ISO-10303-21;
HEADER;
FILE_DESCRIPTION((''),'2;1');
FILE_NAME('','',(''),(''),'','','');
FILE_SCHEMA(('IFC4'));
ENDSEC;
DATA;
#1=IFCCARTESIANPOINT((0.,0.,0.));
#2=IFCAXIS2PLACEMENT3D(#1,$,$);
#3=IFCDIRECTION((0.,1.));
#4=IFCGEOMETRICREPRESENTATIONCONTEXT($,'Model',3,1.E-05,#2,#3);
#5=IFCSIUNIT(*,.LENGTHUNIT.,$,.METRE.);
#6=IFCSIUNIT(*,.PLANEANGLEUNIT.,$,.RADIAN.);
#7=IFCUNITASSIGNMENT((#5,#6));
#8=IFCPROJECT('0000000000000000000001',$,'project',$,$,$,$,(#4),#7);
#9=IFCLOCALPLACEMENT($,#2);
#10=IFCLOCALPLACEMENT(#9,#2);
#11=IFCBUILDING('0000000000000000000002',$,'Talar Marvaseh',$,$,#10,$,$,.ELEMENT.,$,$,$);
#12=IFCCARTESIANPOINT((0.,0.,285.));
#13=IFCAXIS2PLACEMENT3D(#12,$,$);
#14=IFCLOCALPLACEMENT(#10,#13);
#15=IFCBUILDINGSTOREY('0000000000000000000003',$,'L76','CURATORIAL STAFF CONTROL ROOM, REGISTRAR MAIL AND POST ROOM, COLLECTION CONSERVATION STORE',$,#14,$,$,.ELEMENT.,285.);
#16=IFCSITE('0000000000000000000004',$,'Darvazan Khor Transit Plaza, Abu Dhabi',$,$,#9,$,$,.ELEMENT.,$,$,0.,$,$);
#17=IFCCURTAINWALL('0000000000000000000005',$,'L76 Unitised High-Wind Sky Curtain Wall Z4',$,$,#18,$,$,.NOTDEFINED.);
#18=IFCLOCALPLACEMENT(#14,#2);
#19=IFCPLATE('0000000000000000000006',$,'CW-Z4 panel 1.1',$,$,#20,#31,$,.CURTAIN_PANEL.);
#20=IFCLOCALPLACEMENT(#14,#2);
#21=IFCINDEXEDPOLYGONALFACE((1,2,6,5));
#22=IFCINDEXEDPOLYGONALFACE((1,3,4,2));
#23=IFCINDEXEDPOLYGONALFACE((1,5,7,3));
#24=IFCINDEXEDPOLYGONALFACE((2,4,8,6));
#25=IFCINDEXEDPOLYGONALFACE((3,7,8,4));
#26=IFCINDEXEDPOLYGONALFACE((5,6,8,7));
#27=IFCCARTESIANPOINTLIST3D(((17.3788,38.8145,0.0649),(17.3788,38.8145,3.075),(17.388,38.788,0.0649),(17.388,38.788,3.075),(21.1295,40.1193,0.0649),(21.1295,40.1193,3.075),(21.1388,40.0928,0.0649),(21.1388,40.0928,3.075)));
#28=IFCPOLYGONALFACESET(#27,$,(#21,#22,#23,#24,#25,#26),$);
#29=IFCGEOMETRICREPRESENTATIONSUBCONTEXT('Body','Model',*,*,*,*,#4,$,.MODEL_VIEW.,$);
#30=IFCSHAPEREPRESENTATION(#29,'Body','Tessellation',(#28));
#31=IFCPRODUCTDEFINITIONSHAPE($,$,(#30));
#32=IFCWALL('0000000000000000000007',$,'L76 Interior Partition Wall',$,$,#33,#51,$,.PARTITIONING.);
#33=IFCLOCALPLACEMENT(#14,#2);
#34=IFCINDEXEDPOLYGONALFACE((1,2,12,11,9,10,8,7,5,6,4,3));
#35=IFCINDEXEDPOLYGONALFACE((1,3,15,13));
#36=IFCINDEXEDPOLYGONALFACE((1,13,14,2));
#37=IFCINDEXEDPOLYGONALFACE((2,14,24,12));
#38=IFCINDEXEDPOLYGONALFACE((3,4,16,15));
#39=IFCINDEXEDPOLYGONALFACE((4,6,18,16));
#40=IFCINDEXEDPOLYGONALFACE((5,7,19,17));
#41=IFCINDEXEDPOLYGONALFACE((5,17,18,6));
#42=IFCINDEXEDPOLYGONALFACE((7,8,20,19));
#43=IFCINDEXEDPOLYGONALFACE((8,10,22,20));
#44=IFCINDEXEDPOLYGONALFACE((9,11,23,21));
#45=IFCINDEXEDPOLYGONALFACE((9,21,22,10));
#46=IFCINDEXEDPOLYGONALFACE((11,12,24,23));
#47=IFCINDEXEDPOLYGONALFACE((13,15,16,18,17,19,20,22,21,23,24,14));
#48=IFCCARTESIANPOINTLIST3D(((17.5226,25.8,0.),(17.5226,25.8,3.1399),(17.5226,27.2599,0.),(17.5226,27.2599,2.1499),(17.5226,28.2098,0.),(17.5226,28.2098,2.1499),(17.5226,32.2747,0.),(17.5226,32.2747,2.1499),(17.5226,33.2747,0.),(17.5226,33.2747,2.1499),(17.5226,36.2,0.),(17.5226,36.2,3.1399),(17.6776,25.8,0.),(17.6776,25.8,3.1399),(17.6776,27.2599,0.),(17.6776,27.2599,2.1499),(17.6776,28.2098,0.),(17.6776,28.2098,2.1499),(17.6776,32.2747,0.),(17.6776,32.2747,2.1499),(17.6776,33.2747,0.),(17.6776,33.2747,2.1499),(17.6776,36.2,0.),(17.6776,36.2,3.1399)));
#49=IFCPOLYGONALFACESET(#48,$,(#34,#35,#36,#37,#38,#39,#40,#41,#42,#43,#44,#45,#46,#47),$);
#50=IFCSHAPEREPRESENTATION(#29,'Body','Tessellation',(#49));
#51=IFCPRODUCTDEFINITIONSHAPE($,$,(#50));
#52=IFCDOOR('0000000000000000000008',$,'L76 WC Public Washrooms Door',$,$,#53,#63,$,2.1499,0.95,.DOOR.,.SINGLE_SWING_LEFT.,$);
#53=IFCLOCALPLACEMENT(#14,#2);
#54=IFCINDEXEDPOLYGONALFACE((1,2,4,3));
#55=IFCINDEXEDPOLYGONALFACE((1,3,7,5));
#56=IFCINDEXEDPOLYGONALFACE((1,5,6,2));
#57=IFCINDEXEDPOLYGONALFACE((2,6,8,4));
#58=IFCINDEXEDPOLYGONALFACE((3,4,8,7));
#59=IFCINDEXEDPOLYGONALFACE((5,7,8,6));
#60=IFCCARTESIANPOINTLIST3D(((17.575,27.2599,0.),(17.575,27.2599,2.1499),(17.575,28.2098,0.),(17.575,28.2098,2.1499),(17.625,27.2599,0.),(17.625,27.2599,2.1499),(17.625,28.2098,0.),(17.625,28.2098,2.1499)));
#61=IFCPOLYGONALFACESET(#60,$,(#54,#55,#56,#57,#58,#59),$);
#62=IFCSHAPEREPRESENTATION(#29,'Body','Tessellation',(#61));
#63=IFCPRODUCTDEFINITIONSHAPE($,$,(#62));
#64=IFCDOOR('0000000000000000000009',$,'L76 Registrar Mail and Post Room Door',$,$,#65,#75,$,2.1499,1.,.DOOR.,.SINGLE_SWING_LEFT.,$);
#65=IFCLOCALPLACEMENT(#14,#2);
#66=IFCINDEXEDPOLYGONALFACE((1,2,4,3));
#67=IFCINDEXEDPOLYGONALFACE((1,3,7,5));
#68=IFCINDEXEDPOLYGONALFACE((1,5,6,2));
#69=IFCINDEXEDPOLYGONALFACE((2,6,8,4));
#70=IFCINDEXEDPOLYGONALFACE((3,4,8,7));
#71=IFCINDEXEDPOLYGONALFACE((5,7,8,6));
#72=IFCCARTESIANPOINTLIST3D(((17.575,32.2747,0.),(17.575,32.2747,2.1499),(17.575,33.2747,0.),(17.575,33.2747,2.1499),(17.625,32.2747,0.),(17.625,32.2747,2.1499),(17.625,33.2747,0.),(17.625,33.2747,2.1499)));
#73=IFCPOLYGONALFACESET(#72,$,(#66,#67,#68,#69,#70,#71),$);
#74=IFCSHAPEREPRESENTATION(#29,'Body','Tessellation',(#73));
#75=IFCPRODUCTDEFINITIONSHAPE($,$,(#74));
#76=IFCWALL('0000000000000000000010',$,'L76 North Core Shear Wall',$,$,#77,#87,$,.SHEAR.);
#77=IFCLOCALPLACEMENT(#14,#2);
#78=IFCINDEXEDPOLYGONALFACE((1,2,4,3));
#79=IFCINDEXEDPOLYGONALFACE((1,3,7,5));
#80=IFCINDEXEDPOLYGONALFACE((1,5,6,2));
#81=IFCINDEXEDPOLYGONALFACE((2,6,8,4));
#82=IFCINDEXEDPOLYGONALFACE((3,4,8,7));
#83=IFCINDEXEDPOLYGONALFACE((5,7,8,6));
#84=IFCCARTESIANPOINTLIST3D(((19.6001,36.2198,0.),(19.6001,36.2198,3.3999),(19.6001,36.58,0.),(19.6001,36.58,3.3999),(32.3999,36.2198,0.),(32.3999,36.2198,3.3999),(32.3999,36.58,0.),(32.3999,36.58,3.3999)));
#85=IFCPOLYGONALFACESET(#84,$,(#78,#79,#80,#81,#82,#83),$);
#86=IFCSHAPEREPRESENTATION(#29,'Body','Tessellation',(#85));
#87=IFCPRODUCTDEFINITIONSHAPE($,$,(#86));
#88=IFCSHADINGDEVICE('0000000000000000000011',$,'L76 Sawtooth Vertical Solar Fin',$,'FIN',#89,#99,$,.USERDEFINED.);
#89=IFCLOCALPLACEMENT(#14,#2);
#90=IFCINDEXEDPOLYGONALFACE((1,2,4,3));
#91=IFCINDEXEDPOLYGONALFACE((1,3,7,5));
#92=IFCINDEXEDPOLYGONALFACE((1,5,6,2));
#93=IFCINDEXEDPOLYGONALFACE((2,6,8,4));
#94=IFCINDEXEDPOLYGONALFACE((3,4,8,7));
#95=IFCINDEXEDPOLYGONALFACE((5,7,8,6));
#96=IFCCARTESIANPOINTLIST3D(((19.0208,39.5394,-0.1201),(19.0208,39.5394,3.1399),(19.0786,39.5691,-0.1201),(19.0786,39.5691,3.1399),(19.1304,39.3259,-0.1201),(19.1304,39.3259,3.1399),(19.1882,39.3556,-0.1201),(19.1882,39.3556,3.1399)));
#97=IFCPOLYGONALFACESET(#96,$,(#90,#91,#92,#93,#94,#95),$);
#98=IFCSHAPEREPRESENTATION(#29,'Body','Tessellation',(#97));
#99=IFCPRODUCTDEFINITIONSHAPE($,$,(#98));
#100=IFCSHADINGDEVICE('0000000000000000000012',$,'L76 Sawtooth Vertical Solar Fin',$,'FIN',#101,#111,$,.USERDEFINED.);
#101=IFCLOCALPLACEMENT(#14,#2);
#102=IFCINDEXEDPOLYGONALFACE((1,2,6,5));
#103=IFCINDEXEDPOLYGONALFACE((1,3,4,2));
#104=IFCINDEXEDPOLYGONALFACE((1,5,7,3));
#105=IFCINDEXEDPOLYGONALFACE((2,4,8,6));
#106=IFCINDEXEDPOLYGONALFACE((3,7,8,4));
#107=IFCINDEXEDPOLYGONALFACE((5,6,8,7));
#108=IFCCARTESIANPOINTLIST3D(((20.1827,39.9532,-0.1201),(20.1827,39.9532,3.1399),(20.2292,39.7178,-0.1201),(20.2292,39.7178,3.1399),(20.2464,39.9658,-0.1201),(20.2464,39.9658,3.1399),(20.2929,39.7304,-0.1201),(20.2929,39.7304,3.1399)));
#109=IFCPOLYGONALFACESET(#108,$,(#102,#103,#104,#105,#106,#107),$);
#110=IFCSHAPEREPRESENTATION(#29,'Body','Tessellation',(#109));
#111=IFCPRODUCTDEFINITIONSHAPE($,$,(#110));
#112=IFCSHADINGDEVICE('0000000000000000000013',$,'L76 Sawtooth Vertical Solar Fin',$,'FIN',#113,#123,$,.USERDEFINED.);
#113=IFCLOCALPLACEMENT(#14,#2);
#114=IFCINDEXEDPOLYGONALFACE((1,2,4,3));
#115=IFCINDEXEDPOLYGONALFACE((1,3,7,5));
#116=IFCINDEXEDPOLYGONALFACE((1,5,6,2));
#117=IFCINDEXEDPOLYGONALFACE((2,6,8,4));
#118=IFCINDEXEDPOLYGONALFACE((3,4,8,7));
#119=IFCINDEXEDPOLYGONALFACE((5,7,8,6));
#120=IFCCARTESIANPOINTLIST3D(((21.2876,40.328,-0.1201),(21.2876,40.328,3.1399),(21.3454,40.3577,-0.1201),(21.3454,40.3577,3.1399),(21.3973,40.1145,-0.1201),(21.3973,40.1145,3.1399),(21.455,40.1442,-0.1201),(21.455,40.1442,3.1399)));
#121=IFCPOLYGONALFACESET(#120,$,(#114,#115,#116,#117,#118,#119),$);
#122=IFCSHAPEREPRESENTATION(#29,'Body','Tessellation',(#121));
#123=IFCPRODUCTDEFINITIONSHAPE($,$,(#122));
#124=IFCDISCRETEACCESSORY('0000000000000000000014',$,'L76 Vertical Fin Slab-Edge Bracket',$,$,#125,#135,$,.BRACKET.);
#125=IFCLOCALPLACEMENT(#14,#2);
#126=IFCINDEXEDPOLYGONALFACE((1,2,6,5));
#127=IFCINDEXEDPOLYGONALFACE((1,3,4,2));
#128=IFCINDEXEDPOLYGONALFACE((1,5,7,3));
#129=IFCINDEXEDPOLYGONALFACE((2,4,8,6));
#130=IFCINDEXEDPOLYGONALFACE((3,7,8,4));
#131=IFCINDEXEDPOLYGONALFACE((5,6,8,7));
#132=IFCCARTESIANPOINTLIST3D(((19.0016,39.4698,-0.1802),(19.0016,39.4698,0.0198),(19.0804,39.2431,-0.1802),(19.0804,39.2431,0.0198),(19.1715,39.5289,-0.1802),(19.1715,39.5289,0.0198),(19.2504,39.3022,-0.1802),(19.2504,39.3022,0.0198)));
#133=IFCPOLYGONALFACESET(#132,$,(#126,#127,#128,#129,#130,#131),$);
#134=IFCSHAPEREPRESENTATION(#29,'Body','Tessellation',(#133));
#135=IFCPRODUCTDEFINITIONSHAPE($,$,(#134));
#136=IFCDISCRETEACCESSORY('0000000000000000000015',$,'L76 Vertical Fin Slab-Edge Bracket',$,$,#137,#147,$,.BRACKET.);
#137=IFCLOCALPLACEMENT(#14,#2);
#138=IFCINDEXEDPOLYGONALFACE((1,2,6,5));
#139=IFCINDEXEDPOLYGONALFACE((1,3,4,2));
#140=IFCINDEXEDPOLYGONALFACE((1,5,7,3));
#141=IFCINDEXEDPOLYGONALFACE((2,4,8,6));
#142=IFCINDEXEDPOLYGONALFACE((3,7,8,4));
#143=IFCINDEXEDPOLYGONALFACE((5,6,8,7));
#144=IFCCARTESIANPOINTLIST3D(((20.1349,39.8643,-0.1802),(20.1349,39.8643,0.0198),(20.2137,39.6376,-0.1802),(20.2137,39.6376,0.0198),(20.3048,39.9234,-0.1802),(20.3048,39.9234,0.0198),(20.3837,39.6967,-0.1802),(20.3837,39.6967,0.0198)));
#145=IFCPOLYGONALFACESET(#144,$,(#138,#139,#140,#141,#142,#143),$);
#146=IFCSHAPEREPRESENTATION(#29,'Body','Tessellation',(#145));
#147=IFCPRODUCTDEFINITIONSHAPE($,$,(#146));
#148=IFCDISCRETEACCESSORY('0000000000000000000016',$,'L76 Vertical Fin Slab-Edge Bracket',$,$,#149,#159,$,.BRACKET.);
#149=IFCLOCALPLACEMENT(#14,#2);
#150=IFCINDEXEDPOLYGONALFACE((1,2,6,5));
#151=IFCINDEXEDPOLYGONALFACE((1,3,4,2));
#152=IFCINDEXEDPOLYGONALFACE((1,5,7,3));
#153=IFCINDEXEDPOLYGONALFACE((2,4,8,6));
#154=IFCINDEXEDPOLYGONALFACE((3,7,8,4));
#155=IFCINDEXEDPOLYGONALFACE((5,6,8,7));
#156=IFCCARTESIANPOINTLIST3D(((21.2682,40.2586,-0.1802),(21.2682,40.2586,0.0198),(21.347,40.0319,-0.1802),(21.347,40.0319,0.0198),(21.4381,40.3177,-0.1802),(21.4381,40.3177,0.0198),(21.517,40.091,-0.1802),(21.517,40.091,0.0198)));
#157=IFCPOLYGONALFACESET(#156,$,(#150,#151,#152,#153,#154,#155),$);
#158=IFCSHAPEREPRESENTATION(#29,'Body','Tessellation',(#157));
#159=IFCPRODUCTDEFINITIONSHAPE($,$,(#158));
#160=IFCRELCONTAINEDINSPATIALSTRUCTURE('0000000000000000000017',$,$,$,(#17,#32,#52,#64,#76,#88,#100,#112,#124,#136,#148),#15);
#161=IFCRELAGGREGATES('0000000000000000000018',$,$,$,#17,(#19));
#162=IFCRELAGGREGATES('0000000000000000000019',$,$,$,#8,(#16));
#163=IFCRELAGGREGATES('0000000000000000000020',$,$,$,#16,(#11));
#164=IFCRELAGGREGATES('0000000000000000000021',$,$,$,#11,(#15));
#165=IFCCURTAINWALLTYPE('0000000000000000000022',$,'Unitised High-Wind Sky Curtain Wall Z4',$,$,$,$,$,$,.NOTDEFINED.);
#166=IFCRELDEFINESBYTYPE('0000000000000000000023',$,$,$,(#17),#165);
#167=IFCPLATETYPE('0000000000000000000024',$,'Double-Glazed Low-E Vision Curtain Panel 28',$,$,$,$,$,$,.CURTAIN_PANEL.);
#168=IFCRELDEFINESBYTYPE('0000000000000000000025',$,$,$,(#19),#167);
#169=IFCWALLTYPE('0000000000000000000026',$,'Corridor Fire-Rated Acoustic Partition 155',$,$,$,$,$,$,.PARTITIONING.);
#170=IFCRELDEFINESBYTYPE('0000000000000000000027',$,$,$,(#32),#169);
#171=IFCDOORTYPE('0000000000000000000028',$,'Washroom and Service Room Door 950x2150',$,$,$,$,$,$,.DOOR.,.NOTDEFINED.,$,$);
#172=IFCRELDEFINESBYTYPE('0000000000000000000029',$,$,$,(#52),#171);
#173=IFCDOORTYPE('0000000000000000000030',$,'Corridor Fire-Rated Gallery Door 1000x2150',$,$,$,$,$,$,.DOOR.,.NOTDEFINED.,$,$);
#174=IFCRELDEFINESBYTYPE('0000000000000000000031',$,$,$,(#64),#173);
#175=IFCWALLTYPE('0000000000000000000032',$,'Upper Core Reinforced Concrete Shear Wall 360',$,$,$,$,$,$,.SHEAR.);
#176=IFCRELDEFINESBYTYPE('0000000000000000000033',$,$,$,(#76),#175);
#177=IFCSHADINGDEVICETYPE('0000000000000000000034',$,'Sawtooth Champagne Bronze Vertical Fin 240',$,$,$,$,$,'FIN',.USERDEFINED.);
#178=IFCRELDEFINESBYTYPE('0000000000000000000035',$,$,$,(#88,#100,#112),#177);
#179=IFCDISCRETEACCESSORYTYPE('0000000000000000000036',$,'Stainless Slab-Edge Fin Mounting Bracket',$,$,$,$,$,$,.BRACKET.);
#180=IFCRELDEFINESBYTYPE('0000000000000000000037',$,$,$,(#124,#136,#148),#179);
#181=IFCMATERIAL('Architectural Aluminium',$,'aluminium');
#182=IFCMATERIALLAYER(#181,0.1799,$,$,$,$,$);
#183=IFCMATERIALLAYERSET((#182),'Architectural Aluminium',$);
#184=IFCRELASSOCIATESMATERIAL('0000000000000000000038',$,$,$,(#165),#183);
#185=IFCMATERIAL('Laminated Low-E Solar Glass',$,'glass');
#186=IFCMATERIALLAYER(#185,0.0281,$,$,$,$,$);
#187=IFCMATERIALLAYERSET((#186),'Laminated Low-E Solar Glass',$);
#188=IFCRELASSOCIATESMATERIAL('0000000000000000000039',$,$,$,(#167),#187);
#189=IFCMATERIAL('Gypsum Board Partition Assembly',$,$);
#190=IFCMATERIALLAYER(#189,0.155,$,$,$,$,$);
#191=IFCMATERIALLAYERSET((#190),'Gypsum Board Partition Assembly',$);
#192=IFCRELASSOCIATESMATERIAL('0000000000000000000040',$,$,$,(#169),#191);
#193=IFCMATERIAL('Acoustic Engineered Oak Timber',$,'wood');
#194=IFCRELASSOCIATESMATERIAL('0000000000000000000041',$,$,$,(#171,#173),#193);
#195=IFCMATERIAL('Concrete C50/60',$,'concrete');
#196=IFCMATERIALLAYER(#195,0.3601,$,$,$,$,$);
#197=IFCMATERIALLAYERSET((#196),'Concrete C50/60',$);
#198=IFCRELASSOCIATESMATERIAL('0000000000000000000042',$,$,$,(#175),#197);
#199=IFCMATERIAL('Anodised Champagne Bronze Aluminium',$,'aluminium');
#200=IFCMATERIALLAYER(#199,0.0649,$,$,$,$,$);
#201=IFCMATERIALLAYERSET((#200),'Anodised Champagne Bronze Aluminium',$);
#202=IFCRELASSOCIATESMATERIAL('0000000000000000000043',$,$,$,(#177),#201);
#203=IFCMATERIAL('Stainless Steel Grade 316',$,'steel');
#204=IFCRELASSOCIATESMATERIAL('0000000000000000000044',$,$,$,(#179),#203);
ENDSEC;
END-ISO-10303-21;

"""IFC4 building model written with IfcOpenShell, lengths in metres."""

from ifc_helpers import new_model, si_unit, direction, frame, frame_2d, origin, origin_2d, place, context, subcontext, project, spatial, rectangle, extrude, source, transform, mapped, material, layer, layer_set, type_object, type_shapes, element, fill, aggregate, save


model = new_model("IFC4")

# Units and contexts
model_context = context("Model", 3, precision=1e-05, world=origin(), true_north=direction((0.0, 1.0)))
body_context = subcontext(model_context, "Body", "Model", "MODEL_VIEW")
ifc_project = project(units=[si_unit("LENGTHUNIT", "METRE"), si_unit("PLANEANGLEUNIT", "RADIAN")], contexts=[model_context])

# Site, building, storey
site_placement = place(None, origin())
site = spatial("IfcSite", under=ifc_project, at=site_placement, Name="Darvazan Khor Transit Plaza, Abu Dhabi", CompositionType="ELEMENT", RefElevation=0.0)
building_placement = place(site_placement, origin())
building = spatial("IfcBuilding", under=site, at=building_placement, Name="Talar Marvaseh", CompositionType="ELEMENT")
storey_placement = place(building_placement, frame((0.0, 0.0, 285.0)))
storey = spatial("IfcBuildingStorey", under=building, at=storey_placement, Name="L76", Description="CURATORIAL STAFF CONTROL ROOM, REGISTRAR MAIL AND POST ROOM, COLLECTION CONSERVATION STORE", CompositionType="ELEMENT", Elevation=285.0)

# Shared definitions
ifc_material_1 = material(Name="Concrete C50/60", Category="concrete")

# Curtain wall, plate
ifc_material_2 = material(Name="Architectural Aluminium", Category="aluminium")
ifc_layer_1 = layer(ifc_material_2, 0.1799)
ifc_layer_set_1 = layer_set([ifc_layer_1], Name="Architectural Aluminium")
curtain_wall_type = type_object("IfcCurtainWallType", Name="Unitised High-Wind Sky Curtain Wall Z4", PredefinedType="NOTDEFINED", material=ifc_layer_set_1)
curtain_wall_placement = place(storey_placement, origin())
curtain_wall = element("IfcCurtainWall", 1, at=curtain_wall_placement, inside=storey, type_object=curtain_wall_type, Name="L76 Unitised High-Wind Sky Curtain Wall Z4", PredefinedType="NOTDEFINED")
ifc_material_3 = material(Name="Laminated Low-E Solar Glass", Category="glass")
ifc_layer_2 = layer(ifc_material_3, 0.0281)
ifc_layer_set_2 = layer_set([ifc_layer_2], Name="Laminated Low-E Solar Glass")
plate_type = type_object("IfcPlateType", Name="Double-Glazed Low-E Vision Curtain Panel 28", PredefinedType="CURTAIN_PANEL", material=ifc_layer_set_2)
shared_shape_1 = source(origin(), body_context, "Body", "SweptSolid", [
    extrude(rectangle(XDim=3.9712, YDim=0.0281, at=origin_2d()), origin(), (0.0, 0.0, 1.0), 3.01),
])
type_shapes(plate_type, [shared_shape_1])
plate_placement = place(storey_placement, frame((19.2588, 39.4536, 0.0649), z_axis=(0.0, 0.0, 1.0), x_axis=(0.94448, 0.328569, 0.0)))
plate = element("IfcPlate", 2, at=plate_placement, type_object=plate_type, Name="CW-Z4 panel 1.1", PredefinedType="CURTAIN_PANEL", context=body_context, shape_type="MappedRepresentation", body=[
    mapped(shared_shape_1, transform((0.0, 0.0, 0.0), x_axis=(1.0, 0.0, 0.0), y_axis=(0.0, 1.0, 0.0), z_axis=(0.0, 0.0, 1.0), scale=1.0)),
])
aggregate(curtain_wall, [plate])

# Wall, openings, doors
ifc_material_4 = material(Name="Gypsum Board Partition Assembly")
ifc_layer_3 = layer(ifc_material_4, 0.155)
ifc_layer_set_3 = layer_set([ifc_layer_3], Name="Gypsum Board Partition Assembly")
wall_type_1 = type_object("IfcWallType", Name="Corridor Fire-Rated Acoustic Partition 155", PredefinedType="PARTITIONING", material=ifc_layer_set_3)
wall_1_placement = place(storey_placement, frame((17.6001, 36.2, 0.0), z_axis=(0.0, 0.0, 1.0), x_axis=(0.0, -1.0, 0.0)))
wall_1 = element("IfcWall", 3, at=wall_1_placement, inside=storey, type_object=wall_type_1, Name="L76 Interior Partition Wall", PredefinedType="PARTITIONING", context=body_context, shape_type="SweptSolid", body=[
    extrude(rectangle(XDim=10.3999, YDim=0.155, at=frame_2d((5.2, 0.0))), origin(), (0.0, 0.0, 1.0), 3.1399),
])
opening_1_placement = place(wall_1_placement, frame((7.99, 0.0, 0.0)))
opening_1 = element("IfcOpeningElement", 4, at=opening_1_placement, cuts=wall_1, PredefinedType="OPENING", context=body_context, shape_type="SweptSolid", body=[
    extrude(rectangle(XDim=0.95, YDim=2.1499, at=frame_2d((0.4751, 1.075))), frame((0.0, 0.0874, 0.0), z_axis=(0.0, -1.0, 0.0), x_axis=(1.0, 0.0, 0.0)), (0.0, 0.0, 1.0), 0.175),
])
opening_2_placement = place(wall_1_placement, frame((2.9253, 0.0, 0.0)))
opening_2 = element("IfcOpeningElement", 5, at=opening_2_placement, cuts=wall_1, PredefinedType="OPENING", context=body_context, shape_type="SweptSolid", body=[
    extrude(rectangle(XDim=1.0, YDim=2.1499, at=frame_2d((0.5, 1.075))), frame((0.0, 0.0874, 0.0), z_axis=(0.0, -1.0, 0.0), x_axis=(1.0, 0.0, 0.0)), (0.0, 0.0, 1.0), 0.175),
])
ifc_material_5 = material(Name="Acoustic Engineered Oak Timber", Category="wood")
door_type_1 = type_object("IfcDoorType", Name="Washroom and Service Room Door 950x2150", OperationType="NOTDEFINED", PredefinedType="DOOR", material=ifc_material_5)
shared_shape_2 = source(origin(), body_context, "Body", "SweptSolid", [
    extrude(rectangle(XDim=0.95, YDim=2.1499, at=frame_2d((0.4751, 1.075))), frame((0.0, 0.0249, 0.0), z_axis=(0.0, -1.0, 0.0), x_axis=(1.0, 0.0, 0.0)), (0.0, 0.0, 1.0), 0.05),
])
type_shapes(door_type_1, [shared_shape_2])
door_1_placement = place(opening_1_placement, origin())
door_1 = element("IfcDoor", 6, at=door_1_placement, inside=storey, type_object=door_type_1, Name="L76 WC Public Washrooms Door", OperationType="SINGLE_SWING_LEFT", OverallHeight=2.1499, OverallWidth=0.95, PredefinedType="DOOR", context=body_context, shape_type="MappedRepresentation", body=[
    mapped(shared_shape_2, transform((0.0, 0.0, 0.0), x_axis=(1.0, 0.0, 0.0), y_axis=(0.0, 1.0, 0.0), z_axis=(0.0, 0.0, 1.0), scale=1.0)),
])
fill(opening_1, door_1)
door_type_2 = type_object("IfcDoorType", Name="Corridor Fire-Rated Gallery Door 1000x2150", OperationType="NOTDEFINED", PredefinedType="DOOR", material=ifc_material_5)
shared_shape_3 = source(origin(), body_context, "Body", "SweptSolid", [
    extrude(rectangle(XDim=1.0, YDim=2.1499, at=frame_2d((0.5, 1.075))), frame((0.0, 0.0249, 0.0), z_axis=(0.0, -1.0, 0.0), x_axis=(1.0, 0.0, 0.0)), (0.0, 0.0, 1.0), 0.05),
])
type_shapes(door_type_2, [shared_shape_3])
door_2_placement = place(opening_2_placement, origin())
door_2 = element("IfcDoor", 7, at=door_2_placement, inside=storey, type_object=door_type_2, Name="L76 Registrar Mail and Post Room Door", OperationType="SINGLE_SWING_LEFT", OverallHeight=2.1499, OverallWidth=1.0, PredefinedType="DOOR", context=body_context, shape_type="MappedRepresentation", body=[
    mapped(shared_shape_3, transform((0.0, 0.0, 0.0), x_axis=(1.0, 0.0, 0.0), y_axis=(0.0, 1.0, 0.0), z_axis=(0.0, 0.0, 1.0), scale=1.0)),
])
fill(opening_2, door_2)

# Wall
ifc_layer_4 = layer(ifc_material_1, 0.3601)
ifc_layer_set_4 = layer_set([ifc_layer_4], Name="Concrete C50/60")
wall_type_2 = type_object("IfcWallType", Name="Upper Core Reinforced Concrete Shear Wall 360", PredefinedType="SHEAR", material=ifc_layer_set_4)
wall_2_placement = place(storey_placement, frame((19.6001, 36.3999, 0.0), z_axis=(0.0, 0.0, 1.0), x_axis=(1.0, 0.0, 0.0)))
element("IfcWall", 8, at=wall_2_placement, inside=storey, type_object=wall_type_2, Name="L76 North Core Shear Wall", PredefinedType="SHEAR", context=body_context, shape_type="SweptSolid", body=[
    extrude(rectangle(XDim=12.7998, YDim=0.3601, at=frame_2d((6.3999, 0.0))), origin(), (0.0, 0.0, 1.0), 3.3999),
])

# Shading devices
ifc_material_6 = material(Name="Anodised Champagne Bronze Aluminium", Category="aluminium")
ifc_layer_5 = layer(ifc_material_6, 0.0649)
ifc_layer_set_5 = layer_set([ifc_layer_5], Name="Anodised Champagne Bronze Aluminium")
shading_device_type = type_object("IfcShadingDeviceType", Name="Sawtooth Champagne Bronze Vertical Fin 240", ElementType="FIN", PredefinedType="USERDEFINED", material=ifc_layer_set_5)
shared_shape_4 = source(origin(), body_context, "Body", "SweptSolid", [
    extrude(rectangle(XDim=0.24, YDim=0.0649, at=origin_2d()), origin(), (0.0, 0.0, 1.0), 3.26),
])
type_shapes(shading_device_type, [shared_shape_4])
for number, where, z_axis, x_axis, name in (
    (9, (19.1045, 39.4475, -0.1201), (0.0, 0.0, 1.0), (-0.456787, 0.889576, 0.0), "L76 Sawtooth Vertical Solar Fin"),
    (10, (20.2378, 39.8418, -0.1201), (0.0, 0.0, 1.0), (-0.193892, 0.981023, 0.0), "L76 Sawtooth Vertical Solar Fin"),
    (11, (21.3713, 40.2361, -0.1201), (0.0, 0.0, 1.0), (-0.456787, 0.889576, 0.0), "L76 Sawtooth Vertical Solar Fin"),
):
    element("IfcShadingDevice", number, at=place(storey_placement, frame(where, z_axis=z_axis, x_axis=x_axis)), inside=storey, type_object=shading_device_type, Name=name, ObjectType="FIN", PredefinedType="USERDEFINED", context=body_context, shape_type="MappedRepresentation", body=[
        mapped(shared_shape_4, transform((0.0, 0.0, 0.0), x_axis=(1.0, 0.0, 0.0), y_axis=(0.0, 1.0, 0.0), z_axis=(0.0, 0.0, 1.0), scale=1.0)),
    ])

# Discrete accessories
ifc_material_7 = material(Name="Stainless Steel Grade 316", Category="steel")
discrete_accessory_type = type_object("IfcDiscreteAccessoryType", Name="Stainless Slab-Edge Fin Mounting Bracket", PredefinedType="BRACKET", material=ifc_material_7)
shared_shape_5 = source(origin(), body_context, "Body", "SweptSolid", [
    extrude(rectangle(XDim=0.24, YDim=0.1799, at=origin_2d()), origin(), (0.0, 0.0, 1.0), 0.2),
])
type_shapes(discrete_accessory_type, [shared_shape_5])
for number, where, z_axis, x_axis, name in (
    (12, (19.126, 39.386, -0.1802), (0.0, 0.0, 1.0), (-0.328537, 0.944491, 0.0), "L76 Vertical Fin Slab-Edge Bracket"),
    (13, (20.2593, 39.7805, -0.1802), (0.0, 0.0, 1.0), (-0.328537, 0.944491, 0.0), "L76 Vertical Fin Slab-Edge Bracket"),
    (14, (21.3926, 40.1748, -0.1802), (0.0, 0.0, 1.0), (-0.328537, 0.944491, 0.0), "L76 Vertical Fin Slab-Edge Bracket"),
):
    element("IfcDiscreteAccessory", number, at=place(storey_placement, frame(where, z_axis=z_axis, x_axis=x_axis)), inside=storey, type_object=discrete_accessory_type, Name=name, PredefinedType="BRACKET", context=body_context, shape_type="MappedRepresentation", body=[
        mapped(shared_shape_5, transform((0.0, 0.0, 0.0), x_axis=(1.0, 0.0, 0.0), y_axis=(0.0, 1.0, 0.0), z_axis=(0.0, 0.0, 1.0), scale=1.0)),
    ])

save(model, "model.ifc")
